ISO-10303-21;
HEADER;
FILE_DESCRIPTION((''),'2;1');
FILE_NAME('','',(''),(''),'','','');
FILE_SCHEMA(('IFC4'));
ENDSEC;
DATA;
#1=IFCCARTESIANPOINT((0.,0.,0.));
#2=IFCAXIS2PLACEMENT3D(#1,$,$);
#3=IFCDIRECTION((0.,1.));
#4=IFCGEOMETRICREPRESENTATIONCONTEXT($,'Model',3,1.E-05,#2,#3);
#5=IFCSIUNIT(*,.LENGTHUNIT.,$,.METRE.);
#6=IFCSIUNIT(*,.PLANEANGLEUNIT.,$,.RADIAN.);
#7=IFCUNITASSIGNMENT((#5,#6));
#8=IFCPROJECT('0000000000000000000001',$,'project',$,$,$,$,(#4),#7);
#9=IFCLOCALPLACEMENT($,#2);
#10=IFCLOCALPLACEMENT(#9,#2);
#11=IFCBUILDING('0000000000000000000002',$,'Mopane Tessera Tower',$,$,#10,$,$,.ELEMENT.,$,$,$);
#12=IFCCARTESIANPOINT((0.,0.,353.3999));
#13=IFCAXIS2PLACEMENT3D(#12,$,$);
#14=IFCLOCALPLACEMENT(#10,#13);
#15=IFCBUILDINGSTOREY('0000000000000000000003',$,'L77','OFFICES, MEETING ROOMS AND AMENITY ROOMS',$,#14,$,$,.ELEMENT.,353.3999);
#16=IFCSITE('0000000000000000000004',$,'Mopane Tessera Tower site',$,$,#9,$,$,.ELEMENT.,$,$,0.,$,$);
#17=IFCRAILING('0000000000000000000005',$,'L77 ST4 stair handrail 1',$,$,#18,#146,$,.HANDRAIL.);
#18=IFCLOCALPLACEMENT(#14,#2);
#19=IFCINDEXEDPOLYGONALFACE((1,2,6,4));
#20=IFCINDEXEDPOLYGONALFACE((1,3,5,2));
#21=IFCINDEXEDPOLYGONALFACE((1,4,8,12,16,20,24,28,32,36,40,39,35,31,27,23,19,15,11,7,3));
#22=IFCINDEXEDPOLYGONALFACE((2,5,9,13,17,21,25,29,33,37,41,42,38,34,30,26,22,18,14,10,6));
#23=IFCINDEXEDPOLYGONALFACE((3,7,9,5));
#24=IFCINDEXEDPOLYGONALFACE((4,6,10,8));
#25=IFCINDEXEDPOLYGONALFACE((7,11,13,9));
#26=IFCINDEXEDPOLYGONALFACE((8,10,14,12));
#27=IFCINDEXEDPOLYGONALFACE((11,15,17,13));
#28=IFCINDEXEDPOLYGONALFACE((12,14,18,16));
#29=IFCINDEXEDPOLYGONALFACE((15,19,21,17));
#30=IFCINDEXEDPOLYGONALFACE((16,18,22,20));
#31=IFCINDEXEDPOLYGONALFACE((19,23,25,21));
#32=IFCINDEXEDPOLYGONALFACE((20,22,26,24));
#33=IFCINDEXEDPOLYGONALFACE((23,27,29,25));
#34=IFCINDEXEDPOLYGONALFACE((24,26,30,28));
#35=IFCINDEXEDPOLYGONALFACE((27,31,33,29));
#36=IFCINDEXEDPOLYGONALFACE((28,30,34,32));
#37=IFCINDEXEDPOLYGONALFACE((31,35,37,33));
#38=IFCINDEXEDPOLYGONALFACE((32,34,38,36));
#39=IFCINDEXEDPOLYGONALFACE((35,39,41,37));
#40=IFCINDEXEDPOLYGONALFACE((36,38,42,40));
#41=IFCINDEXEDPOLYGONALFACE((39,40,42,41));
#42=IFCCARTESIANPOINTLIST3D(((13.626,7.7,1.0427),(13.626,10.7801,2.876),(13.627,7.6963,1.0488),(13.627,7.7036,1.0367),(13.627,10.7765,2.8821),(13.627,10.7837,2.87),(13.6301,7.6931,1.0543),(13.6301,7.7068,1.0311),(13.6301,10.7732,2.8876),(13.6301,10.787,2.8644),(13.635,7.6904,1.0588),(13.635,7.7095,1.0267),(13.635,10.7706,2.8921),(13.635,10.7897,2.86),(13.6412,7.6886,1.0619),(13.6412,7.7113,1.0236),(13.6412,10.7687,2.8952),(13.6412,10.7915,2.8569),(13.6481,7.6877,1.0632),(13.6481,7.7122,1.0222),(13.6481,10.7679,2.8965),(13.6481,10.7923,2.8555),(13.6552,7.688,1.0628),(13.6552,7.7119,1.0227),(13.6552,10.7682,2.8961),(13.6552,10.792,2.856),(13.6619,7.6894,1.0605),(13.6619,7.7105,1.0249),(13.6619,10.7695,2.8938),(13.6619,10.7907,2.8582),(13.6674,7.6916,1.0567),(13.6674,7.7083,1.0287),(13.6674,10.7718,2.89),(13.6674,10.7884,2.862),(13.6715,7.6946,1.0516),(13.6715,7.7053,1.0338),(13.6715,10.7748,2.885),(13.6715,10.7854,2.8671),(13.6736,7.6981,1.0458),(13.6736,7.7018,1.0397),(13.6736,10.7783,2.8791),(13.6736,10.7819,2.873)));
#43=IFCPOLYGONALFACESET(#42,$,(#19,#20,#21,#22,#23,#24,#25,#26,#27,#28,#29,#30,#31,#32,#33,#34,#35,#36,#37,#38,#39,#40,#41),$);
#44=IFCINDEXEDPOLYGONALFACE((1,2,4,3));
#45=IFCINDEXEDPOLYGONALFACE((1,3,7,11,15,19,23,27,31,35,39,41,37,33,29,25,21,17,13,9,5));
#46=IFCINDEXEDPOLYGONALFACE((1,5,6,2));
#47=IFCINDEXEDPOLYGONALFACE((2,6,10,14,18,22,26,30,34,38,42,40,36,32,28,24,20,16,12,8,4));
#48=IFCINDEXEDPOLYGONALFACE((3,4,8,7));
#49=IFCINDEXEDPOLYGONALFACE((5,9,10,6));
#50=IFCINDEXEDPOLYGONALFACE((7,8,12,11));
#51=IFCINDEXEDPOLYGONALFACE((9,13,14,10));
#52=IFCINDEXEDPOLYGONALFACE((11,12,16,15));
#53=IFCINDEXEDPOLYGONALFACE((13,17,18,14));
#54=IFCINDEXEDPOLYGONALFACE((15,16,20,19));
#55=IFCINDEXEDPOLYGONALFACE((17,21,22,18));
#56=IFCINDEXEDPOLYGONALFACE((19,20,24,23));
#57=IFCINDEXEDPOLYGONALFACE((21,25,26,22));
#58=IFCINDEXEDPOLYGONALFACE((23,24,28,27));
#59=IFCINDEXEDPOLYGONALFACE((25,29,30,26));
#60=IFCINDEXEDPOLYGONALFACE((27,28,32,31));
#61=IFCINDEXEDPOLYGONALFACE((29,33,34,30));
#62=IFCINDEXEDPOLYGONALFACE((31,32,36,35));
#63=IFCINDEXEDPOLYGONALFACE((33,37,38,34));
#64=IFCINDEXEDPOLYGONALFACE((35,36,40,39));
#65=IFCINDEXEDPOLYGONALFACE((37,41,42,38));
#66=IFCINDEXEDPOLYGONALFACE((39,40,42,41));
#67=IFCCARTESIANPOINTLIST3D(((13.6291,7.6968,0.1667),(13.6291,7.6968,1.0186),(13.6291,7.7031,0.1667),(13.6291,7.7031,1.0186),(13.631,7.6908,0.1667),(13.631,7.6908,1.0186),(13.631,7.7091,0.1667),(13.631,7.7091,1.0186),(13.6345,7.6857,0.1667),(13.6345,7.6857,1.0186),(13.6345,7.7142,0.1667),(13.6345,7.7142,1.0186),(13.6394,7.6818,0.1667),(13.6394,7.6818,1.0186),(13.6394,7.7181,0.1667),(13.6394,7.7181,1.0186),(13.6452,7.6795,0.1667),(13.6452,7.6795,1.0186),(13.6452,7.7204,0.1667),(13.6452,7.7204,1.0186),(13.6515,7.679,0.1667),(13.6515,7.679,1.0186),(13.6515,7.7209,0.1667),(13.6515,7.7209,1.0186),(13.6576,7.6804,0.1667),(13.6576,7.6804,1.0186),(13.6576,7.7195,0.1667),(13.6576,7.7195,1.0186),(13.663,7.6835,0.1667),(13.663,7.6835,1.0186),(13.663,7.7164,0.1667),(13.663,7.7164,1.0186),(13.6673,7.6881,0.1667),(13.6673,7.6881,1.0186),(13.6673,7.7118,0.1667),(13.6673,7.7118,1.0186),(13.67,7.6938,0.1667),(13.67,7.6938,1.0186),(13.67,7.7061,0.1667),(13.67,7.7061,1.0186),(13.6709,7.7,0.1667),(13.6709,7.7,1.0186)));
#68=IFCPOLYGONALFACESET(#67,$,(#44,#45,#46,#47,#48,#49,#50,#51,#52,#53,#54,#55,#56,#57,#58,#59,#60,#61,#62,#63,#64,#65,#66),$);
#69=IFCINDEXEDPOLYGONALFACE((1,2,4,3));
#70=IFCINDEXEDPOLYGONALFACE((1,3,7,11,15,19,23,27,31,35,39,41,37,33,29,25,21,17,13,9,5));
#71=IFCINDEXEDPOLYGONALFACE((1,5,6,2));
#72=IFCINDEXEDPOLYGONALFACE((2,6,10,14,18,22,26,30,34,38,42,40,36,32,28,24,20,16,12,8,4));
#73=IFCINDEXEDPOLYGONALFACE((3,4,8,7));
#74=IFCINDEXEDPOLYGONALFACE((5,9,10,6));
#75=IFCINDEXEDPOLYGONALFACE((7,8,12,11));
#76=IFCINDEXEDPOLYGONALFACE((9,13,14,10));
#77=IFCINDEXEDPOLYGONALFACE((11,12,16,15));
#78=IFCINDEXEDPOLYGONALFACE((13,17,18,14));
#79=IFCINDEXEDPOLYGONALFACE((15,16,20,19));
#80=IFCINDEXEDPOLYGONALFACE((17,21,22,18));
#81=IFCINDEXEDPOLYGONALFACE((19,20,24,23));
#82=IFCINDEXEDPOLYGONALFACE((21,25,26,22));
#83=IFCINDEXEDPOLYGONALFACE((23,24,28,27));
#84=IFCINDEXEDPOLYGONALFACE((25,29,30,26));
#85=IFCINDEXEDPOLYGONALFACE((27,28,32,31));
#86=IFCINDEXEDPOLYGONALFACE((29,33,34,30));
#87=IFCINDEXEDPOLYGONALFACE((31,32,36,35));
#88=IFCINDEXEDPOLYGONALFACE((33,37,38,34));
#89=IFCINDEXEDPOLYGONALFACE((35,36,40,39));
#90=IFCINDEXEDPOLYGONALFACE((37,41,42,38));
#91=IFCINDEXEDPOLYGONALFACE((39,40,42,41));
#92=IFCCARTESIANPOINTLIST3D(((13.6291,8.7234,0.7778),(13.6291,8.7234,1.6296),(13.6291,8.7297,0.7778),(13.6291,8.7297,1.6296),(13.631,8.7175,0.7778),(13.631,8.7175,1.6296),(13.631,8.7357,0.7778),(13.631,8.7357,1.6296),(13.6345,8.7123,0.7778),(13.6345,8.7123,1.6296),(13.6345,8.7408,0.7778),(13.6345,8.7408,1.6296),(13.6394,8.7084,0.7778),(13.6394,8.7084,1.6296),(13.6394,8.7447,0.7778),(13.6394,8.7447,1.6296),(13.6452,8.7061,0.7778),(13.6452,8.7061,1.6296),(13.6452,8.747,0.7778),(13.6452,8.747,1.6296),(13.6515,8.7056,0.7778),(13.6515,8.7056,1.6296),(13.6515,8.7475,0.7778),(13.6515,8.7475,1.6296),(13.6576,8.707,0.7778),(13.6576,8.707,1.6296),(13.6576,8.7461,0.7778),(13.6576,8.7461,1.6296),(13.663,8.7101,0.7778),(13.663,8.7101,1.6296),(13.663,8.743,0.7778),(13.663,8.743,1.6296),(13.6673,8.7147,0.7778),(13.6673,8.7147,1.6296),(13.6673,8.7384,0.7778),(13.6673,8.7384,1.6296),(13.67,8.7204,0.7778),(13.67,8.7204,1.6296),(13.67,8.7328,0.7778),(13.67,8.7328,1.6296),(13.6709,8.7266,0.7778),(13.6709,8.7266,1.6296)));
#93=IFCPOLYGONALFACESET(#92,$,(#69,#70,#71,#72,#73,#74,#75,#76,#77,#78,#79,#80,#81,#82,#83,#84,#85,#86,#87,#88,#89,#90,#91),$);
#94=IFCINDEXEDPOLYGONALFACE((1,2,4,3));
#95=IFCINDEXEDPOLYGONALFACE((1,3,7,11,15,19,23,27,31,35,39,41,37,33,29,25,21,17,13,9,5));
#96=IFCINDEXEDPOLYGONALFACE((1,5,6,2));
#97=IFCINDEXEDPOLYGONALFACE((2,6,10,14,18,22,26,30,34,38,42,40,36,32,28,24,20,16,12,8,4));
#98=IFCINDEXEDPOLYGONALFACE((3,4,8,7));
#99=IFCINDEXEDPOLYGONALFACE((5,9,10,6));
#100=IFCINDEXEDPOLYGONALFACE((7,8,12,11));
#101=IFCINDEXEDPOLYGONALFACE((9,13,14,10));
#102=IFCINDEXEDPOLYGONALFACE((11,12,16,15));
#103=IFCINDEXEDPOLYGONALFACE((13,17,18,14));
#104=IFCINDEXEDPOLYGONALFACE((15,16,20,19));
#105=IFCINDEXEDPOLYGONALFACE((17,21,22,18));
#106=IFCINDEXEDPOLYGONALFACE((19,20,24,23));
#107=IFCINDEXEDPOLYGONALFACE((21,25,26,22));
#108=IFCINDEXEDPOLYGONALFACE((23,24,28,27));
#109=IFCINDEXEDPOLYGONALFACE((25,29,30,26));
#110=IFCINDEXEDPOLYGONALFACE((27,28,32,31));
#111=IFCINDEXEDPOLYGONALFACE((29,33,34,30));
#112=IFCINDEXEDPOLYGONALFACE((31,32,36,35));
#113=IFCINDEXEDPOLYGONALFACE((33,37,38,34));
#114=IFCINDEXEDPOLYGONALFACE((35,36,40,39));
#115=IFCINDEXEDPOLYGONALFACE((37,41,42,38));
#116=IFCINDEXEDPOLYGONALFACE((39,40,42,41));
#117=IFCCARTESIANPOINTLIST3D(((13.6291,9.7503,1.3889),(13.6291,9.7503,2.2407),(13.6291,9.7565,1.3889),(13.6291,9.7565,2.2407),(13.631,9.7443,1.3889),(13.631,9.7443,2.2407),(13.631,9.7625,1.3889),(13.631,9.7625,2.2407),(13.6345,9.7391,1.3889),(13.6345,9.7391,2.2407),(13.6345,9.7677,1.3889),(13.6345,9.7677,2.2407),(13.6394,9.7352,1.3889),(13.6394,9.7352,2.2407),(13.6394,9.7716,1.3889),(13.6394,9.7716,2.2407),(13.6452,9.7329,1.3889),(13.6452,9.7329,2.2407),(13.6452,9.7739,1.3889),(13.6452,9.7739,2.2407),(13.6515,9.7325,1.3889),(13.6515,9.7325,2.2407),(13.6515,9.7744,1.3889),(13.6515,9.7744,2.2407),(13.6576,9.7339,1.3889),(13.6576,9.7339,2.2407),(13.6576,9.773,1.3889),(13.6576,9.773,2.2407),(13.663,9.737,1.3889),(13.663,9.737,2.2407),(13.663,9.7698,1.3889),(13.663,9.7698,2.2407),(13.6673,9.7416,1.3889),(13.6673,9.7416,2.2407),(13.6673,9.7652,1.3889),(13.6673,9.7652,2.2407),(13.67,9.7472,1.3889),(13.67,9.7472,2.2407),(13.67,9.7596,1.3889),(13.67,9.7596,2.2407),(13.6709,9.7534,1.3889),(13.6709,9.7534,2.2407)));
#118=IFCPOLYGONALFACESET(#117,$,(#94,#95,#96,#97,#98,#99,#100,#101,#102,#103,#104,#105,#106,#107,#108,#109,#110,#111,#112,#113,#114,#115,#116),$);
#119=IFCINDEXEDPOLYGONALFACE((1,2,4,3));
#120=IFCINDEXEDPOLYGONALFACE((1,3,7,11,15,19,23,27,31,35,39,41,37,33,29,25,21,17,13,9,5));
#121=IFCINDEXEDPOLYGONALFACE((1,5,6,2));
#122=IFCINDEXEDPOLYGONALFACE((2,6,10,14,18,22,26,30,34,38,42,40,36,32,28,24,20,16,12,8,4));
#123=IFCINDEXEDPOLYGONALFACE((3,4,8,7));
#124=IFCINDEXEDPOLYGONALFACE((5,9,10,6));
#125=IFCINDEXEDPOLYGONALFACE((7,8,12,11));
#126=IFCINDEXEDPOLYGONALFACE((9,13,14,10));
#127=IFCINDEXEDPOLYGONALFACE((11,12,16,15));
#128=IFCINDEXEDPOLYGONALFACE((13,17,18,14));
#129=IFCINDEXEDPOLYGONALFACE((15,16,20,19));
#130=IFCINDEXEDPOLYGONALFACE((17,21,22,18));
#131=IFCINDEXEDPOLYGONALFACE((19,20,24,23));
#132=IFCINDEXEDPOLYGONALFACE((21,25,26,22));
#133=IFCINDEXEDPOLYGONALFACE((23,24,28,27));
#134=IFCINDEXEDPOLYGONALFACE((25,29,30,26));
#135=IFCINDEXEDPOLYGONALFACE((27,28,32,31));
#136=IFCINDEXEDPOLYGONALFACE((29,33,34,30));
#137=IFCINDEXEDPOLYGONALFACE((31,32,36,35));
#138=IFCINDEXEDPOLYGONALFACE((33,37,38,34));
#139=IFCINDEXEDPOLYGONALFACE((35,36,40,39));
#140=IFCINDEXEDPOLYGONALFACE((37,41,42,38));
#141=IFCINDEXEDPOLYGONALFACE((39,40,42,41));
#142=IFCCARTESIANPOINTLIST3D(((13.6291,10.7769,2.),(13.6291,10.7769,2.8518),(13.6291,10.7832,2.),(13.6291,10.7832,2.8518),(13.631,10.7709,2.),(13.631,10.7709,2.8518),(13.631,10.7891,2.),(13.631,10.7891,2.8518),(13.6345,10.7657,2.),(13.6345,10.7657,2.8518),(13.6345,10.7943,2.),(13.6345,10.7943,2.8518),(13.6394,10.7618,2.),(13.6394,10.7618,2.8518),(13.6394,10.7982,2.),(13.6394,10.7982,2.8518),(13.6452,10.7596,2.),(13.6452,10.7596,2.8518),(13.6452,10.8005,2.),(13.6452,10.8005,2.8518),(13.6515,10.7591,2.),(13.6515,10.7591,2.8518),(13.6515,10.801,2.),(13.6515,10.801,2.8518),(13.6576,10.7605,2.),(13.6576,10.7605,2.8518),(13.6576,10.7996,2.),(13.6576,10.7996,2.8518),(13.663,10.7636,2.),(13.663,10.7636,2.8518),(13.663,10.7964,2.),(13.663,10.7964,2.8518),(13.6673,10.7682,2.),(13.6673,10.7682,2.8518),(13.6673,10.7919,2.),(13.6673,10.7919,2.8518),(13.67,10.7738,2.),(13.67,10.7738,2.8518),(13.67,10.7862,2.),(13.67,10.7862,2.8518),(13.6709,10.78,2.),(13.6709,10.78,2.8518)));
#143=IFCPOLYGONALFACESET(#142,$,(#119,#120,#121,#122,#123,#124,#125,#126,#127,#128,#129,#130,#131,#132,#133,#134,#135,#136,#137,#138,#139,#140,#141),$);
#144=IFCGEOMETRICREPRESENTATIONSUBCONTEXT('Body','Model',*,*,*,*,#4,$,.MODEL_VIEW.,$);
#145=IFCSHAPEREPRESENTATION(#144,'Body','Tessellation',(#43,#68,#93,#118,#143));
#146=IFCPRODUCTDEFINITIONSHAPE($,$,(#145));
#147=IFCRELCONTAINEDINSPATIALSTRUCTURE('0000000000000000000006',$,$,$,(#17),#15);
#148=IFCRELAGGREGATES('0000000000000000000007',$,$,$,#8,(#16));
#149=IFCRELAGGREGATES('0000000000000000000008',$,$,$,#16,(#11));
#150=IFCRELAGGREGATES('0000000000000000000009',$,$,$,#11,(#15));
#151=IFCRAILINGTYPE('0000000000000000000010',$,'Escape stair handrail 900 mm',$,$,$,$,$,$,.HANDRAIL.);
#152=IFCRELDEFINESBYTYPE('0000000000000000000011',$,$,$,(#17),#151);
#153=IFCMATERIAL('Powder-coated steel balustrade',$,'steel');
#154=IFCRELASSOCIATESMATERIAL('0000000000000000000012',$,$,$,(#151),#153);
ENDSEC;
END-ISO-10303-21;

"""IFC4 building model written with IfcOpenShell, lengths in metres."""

from ifc_helpers import new_model, si_unit, direction, frame, origin, origin_2d, place, context, subcontext, project, spatial, circle, extrude, material, type_object, element, save


model = new_model("IFC4")

# Units and contexts
model_context = context("Model", 3, precision=1e-05, world=origin(), true_north=direction((0.0, 1.0)))
body_context = subcontext(model_context, "Body", "Model", "MODEL_VIEW")
ifc_project = project(units=[si_unit("LENGTHUNIT", "METRE"), si_unit("PLANEANGLEUNIT", "RADIAN")], contexts=[model_context])

# Site, building, storey
site_placement = place(None, origin())
site = spatial("IfcSite", under=ifc_project, at=site_placement, Name="Mopane Tessera Tower site", CompositionType="ELEMENT", RefElevation=0.0)
building_placement = place(site_placement, origin())
building = spatial("IfcBuilding", under=site, at=building_placement, Name="Mopane Tessera Tower", CompositionType="ELEMENT")
storey_placement = place(building_placement, frame((0.0, 0.0, 353.3999)))
storey = spatial("IfcBuildingStorey", under=building, at=storey_placement, Name="L77", Description="OFFICES, MEETING ROOMS AND AMENITY ROOMS", CompositionType="ELEMENT", Elevation=353.3999)

# Railing
ifc_material_1 = material(Name="Powder-coated steel balustrade", Category="steel")
railing_type_1 = type_object("IfcRailingType", Name="Escape stair handrail 900 mm", PredefinedType="HANDRAIL", material=ifc_material_1)
railing_1_placement = place(storey_placement, frame((13.6499, 7.7, 0.1667)))
element("IfcRailing", 1, at=railing_1_placement, inside=storey, type_object=railing_type_1, Name="L77 ST4 stair handrail 1", PredefinedType="HANDRAIL", context=body_context, shape_type="SweptSolid", body=[
    extrude(circle(Radius=0.0239, at=origin_2d()), frame((0.0, 0.0, 0.876), z_axis=(0.0, 0.859309, 0.511458), x_axis=(-1.0, 0.0, 0.0)), (0.0, 0.0, 1.0), 3.5845),
    extrude(circle(Radius=0.021, at=origin_2d()), origin(), (0.0, 0.0, 1.0), 0.8518),
    extrude(circle(Radius=0.021, at=origin_2d()), frame((0.0, 1.0266, 0.6111)), (0.0, 0.0, 1.0), 0.8518),
    extrude(circle(Radius=0.021, at=origin_2d()), frame((0.0, 2.0535, 1.2222)), (0.0, 0.0, 1.0), 0.8518),
    extrude(circle(Radius=0.021, at=origin_2d()), frame((0.0, 3.0801, 1.8333)), (0.0, 0.0, 1.0), 0.8518),
])

save(model, "model.ifc")
